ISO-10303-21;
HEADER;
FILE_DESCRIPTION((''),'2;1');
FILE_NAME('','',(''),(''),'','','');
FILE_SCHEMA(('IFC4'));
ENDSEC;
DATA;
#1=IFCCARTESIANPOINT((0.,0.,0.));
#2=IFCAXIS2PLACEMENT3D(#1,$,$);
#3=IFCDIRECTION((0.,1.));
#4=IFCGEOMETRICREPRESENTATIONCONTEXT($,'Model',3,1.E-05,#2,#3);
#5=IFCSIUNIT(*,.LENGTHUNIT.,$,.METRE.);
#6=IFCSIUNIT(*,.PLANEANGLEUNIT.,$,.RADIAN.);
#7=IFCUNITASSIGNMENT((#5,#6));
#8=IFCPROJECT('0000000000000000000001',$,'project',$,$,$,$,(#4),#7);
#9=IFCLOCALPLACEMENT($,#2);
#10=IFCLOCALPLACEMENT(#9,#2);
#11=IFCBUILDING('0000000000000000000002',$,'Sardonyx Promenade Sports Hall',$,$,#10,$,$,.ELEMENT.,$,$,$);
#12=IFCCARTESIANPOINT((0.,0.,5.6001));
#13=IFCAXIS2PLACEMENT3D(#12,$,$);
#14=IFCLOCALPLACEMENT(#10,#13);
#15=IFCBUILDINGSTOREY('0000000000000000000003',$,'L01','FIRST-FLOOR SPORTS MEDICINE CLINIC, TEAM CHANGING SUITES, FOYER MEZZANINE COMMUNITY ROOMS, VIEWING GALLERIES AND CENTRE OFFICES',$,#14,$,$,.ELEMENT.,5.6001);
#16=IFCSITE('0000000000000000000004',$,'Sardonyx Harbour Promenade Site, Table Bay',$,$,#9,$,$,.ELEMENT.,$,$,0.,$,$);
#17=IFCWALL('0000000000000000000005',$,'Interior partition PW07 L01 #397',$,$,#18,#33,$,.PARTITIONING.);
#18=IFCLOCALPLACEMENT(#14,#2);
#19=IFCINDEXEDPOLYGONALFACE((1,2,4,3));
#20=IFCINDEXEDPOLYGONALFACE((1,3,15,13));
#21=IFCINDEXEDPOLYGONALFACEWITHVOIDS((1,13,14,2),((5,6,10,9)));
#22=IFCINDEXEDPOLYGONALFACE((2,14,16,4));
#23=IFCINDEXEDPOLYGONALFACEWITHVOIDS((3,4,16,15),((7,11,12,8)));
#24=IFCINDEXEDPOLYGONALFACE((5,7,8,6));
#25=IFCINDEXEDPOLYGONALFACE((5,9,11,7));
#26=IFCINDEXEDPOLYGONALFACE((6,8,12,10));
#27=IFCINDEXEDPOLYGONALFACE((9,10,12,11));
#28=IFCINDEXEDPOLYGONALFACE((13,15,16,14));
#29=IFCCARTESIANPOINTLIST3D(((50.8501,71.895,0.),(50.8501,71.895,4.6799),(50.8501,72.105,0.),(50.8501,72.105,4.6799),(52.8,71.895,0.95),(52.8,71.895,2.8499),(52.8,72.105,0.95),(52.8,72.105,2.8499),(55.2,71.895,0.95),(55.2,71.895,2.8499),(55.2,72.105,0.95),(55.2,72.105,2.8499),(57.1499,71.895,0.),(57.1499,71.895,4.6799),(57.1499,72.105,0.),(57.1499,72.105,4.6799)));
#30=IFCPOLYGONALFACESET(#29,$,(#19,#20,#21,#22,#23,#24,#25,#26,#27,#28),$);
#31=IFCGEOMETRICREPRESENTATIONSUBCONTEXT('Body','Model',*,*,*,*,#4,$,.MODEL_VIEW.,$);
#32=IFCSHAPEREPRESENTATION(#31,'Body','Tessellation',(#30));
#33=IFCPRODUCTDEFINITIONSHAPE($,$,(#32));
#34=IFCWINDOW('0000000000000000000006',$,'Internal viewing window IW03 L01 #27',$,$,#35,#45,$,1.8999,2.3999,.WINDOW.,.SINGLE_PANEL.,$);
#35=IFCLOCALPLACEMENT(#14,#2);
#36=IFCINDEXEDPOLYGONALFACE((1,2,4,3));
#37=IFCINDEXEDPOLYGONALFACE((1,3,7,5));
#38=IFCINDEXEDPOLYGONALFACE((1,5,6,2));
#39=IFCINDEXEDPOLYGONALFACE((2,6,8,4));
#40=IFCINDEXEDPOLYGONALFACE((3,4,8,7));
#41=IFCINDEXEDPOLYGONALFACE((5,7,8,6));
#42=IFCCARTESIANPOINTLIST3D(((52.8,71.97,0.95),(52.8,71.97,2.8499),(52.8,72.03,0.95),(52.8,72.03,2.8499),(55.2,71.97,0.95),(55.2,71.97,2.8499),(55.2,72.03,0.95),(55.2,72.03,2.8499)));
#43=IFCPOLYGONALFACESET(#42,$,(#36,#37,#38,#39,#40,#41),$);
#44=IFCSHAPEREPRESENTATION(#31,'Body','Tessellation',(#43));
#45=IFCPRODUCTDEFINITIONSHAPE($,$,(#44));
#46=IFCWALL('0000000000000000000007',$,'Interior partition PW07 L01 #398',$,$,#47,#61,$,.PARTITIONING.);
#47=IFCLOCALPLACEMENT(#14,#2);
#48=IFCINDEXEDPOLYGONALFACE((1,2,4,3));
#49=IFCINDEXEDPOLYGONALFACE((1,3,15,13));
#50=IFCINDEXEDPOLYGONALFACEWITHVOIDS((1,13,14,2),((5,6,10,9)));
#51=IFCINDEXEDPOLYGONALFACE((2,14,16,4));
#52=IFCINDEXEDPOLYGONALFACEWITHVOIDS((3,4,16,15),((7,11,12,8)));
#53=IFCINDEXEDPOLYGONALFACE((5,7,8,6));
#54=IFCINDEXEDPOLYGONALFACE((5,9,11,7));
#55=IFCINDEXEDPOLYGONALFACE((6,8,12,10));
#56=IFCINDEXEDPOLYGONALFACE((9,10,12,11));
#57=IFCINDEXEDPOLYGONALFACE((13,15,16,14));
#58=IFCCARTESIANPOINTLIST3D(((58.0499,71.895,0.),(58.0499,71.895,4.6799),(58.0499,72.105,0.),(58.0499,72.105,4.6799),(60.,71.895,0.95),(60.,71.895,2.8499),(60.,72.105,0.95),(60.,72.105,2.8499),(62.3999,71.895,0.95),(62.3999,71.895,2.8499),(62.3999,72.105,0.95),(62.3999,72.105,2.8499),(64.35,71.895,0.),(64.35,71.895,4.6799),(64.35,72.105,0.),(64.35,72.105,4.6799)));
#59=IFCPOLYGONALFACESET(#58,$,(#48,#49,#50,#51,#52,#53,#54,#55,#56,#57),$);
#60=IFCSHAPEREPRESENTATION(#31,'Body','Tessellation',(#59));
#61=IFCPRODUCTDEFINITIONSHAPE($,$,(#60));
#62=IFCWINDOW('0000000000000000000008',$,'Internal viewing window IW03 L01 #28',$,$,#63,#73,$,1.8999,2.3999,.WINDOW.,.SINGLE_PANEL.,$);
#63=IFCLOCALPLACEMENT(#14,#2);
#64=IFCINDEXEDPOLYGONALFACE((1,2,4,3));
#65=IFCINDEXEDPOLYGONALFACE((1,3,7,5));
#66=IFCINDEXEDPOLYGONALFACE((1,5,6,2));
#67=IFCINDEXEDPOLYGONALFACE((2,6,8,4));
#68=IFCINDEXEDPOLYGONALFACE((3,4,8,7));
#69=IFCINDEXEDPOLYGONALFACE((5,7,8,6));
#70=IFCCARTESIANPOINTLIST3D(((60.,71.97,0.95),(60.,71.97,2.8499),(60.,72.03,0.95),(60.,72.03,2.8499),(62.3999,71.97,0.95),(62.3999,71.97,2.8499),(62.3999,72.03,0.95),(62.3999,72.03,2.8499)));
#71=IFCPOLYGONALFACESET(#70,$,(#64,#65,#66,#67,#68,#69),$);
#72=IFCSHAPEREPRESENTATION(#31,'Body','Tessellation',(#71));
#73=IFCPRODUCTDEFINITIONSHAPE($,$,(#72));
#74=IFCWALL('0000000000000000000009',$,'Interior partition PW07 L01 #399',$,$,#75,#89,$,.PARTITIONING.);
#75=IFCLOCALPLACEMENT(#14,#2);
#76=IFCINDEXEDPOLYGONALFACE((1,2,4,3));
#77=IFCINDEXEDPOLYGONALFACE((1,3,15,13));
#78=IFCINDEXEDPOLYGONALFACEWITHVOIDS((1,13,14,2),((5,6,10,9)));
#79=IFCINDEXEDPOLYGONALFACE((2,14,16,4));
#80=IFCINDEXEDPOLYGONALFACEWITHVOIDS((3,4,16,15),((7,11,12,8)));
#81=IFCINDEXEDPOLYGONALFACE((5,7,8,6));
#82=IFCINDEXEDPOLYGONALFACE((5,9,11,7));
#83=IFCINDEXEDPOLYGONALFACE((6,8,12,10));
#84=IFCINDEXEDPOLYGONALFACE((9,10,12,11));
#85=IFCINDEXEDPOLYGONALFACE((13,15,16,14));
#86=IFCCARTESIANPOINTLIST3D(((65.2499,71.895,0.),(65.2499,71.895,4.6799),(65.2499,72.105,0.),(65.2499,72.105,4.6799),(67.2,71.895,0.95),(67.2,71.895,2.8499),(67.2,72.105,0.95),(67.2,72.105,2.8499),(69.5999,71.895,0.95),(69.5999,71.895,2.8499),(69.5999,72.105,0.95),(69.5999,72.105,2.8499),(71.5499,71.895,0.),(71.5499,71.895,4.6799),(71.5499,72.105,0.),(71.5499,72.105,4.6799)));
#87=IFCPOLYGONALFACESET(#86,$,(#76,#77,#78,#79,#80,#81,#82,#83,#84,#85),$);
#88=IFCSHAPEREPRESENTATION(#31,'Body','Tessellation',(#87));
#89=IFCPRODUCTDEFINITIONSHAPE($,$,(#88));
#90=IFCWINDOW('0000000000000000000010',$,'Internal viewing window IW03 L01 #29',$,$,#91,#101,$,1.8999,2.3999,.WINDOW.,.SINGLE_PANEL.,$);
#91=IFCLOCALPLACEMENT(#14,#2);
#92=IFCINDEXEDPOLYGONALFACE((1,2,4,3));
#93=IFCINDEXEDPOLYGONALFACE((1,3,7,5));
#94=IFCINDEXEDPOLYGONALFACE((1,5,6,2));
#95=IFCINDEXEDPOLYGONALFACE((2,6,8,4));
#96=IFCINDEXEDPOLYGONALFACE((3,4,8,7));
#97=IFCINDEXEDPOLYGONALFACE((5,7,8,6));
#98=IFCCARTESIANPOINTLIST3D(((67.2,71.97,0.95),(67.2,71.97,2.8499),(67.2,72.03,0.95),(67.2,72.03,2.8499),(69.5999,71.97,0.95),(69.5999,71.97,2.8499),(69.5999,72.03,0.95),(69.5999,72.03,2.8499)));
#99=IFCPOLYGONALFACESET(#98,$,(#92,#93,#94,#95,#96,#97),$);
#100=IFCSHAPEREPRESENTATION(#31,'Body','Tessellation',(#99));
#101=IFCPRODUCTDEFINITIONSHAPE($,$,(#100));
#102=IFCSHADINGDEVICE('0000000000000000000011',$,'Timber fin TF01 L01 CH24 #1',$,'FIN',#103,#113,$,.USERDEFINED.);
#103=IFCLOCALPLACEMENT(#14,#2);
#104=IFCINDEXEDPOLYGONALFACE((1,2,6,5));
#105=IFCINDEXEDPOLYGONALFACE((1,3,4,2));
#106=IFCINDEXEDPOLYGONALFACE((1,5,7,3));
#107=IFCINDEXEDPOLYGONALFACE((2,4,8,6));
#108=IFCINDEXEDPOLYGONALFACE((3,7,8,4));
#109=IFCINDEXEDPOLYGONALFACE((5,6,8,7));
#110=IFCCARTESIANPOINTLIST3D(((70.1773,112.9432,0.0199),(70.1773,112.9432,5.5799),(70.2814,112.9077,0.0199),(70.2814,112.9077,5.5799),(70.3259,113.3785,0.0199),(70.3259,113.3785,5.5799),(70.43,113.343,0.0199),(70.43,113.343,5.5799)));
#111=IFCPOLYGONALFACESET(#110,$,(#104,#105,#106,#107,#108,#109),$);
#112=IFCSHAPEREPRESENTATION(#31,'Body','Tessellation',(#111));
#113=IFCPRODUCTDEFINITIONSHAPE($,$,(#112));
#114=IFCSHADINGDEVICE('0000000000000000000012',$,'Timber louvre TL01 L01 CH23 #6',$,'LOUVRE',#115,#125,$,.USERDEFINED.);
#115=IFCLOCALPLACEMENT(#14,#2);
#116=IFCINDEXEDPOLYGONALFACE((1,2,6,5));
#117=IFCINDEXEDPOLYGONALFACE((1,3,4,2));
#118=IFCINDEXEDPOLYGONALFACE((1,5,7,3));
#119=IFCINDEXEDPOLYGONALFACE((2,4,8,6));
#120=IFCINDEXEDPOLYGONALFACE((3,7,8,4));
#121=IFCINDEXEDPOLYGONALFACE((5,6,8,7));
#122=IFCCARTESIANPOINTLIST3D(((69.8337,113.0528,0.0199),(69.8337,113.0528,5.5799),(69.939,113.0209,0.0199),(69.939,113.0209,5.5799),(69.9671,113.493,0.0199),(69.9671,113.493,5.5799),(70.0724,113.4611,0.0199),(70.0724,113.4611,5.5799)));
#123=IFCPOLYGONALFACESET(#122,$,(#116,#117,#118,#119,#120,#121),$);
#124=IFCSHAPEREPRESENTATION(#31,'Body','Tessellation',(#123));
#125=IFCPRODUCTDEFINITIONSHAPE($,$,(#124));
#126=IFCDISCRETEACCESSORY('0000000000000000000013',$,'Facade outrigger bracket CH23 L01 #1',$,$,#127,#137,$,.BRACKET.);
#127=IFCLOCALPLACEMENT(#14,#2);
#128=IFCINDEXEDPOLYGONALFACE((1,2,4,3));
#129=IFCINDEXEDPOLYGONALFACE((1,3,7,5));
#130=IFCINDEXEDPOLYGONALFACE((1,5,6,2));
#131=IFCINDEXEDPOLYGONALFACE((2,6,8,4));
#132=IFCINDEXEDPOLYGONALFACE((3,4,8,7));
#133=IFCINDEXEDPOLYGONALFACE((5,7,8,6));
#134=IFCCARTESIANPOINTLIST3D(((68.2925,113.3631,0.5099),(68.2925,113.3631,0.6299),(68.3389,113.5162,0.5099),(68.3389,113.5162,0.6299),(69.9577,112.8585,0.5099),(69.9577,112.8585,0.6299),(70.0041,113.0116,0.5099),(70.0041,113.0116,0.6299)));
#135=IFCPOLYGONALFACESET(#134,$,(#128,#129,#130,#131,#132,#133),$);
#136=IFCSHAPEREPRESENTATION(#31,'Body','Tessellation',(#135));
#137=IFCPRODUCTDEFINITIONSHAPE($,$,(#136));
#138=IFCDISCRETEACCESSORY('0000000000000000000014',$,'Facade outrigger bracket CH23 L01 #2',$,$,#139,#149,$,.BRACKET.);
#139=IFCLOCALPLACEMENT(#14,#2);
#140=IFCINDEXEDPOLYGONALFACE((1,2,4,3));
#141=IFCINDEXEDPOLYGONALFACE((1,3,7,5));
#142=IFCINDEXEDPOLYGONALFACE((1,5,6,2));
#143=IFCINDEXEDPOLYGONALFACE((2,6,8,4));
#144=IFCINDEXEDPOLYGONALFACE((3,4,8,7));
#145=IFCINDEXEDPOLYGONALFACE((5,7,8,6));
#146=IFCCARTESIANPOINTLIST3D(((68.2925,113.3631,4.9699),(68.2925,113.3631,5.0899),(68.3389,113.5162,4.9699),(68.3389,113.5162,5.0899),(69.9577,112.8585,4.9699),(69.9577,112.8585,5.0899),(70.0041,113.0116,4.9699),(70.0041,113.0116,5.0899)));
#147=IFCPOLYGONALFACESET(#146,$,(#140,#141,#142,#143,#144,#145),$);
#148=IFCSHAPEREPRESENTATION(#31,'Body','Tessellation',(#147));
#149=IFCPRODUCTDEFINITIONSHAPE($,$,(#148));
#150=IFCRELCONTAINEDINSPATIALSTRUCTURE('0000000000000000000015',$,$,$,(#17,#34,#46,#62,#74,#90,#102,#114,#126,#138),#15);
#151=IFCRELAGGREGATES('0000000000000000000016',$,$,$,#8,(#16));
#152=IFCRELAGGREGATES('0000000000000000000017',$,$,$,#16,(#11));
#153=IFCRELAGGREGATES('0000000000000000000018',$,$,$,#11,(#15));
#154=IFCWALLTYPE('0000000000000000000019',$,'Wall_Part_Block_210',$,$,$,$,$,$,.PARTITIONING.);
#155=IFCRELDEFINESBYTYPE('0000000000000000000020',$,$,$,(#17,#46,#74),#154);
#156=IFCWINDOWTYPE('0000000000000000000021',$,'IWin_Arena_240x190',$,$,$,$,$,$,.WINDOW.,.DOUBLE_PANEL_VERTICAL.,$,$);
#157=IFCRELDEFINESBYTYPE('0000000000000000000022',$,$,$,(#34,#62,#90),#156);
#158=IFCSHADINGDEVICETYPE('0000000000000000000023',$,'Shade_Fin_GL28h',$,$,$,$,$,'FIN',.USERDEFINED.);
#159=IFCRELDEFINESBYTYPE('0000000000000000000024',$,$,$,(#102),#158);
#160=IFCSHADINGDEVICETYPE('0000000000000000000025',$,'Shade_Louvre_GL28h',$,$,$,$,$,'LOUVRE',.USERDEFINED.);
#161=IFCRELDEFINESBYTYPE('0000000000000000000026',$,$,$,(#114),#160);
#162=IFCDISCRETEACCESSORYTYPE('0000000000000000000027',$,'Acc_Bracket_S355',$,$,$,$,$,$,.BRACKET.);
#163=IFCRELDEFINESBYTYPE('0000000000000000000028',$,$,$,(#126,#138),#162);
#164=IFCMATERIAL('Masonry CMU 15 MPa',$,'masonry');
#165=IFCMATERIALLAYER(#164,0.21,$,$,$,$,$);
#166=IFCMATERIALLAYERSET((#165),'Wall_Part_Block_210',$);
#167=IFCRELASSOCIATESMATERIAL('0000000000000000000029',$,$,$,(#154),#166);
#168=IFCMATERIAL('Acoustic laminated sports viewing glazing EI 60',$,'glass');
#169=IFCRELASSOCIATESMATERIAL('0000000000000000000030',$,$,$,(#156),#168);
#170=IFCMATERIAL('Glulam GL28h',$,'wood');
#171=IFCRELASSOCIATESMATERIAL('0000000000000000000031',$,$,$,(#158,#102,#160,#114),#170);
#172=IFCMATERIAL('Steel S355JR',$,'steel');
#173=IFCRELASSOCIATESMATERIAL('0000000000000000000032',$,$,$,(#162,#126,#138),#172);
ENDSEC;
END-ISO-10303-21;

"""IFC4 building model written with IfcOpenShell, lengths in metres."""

from ifc_helpers import new_model, si_unit, direction, frame, frame_2d, origin, place, context, subcontext, project, spatial, rectangle, extrude, material, layer, layer_set, type_object, element, fill, save


model = new_model("IFC4")

# Units and contexts
model_context = context("Model", 3, precision=1e-05, world=origin(), true_north=direction((0.0, 1.0)))
body_context = subcontext(model_context, "Body", "Model", "MODEL_VIEW")
ifc_project = project(units=[si_unit("LENGTHUNIT", "METRE"), si_unit("PLANEANGLEUNIT", "RADIAN")], contexts=[model_context])

# Site, building, storey
site_placement = place(None, origin())
site = spatial("IfcSite", under=ifc_project, at=site_placement, Name="Sardonyx Harbour Promenade Site, Table Bay", CompositionType="ELEMENT", RefElevation=0.0)
building_placement = place(site_placement, origin())
building = spatial("IfcBuilding", under=site, at=building_placement, Name="Sardonyx Promenade Sports Hall", CompositionType="ELEMENT")
storey_placement = place(building_placement, frame((0.0, 0.0, 5.6001)))
storey = spatial("IfcBuildingStorey", under=building, at=storey_placement, Name="L01", Description="FIRST-FLOOR SPORTS MEDICINE CLINIC, TEAM CHANGING SUITES, FOYER MEZZANINE COMMUNITY ROOMS, VIEWING GALLERIES AND CENTRE OFFICES", CompositionType="ELEMENT", Elevation=5.6001)

# Walls, openings, windows
ifc_material_1 = material(Name="Masonry CMU 15 MPa", Category="masonry")
ifc_layer_1 = layer(ifc_material_1, 0.21)
ifc_layer_set_1 = layer_set([ifc_layer_1], Name="Wall_Part_Block_210")
wall_type_1 = type_object("IfcWallType", Name="Wall_Part_Block_210", PredefinedType="PARTITIONING", material=ifc_layer_set_1)
wall_1_placement = place(storey_placement, frame((50.8501, 72.0, 0.0), z_axis=(0.0, 0.0, 1.0), x_axis=(1.0, 0.0, 0.0)))
wall_1 = element("IfcWall", 1, at=wall_1_placement, inside=storey, type_object=wall_type_1, Name="Interior partition PW07 L01 #397", PredefinedType="PARTITIONING", context=body_context, shape_type="SweptSolid", body=[
    extrude(rectangle(XDim=6.2998, YDim=0.21, at=frame_2d((3.1499, 0.0))), origin(), (0.0, 0.0, 1.0), 4.6799),
])
opening_1_placement = place(wall_1_placement, frame((1.95, 0.0, 0.95)))
opening_1 = element("IfcOpeningElement", 2, at=opening_1_placement, cuts=wall_1, PredefinedType="OPENING", context=body_context, shape_type="SweptSolid", body=[
    extrude(rectangle(XDim=2.3999, YDim=1.8999, at=frame_2d((1.2, 0.95))), frame((0.0, 0.115, 0.0), z_axis=(0.0, -1.0, 0.0), x_axis=(1.0, 0.0, 0.0)), (0.0, 0.0, 1.0), 0.23),
])
ifc_material_2 = material(Name="Acoustic laminated sports viewing glazing EI 60", Category="glass")
window_type_1 = type_object("IfcWindowType", Name="IWin_Arena_240x190", PartitioningType="DOUBLE_PANEL_VERTICAL", PredefinedType="WINDOW", material=ifc_material_2)
window_1_placement = place(opening_1_placement, origin())
window_1 = element("IfcWindow", 3, at=window_1_placement, inside=storey, type_object=window_type_1, Name="Internal viewing window IW03 L01 #27", OverallHeight=1.8999, OverallWidth=2.3999, PartitioningType="SINGLE_PANEL", PredefinedType="WINDOW", context=body_context, shape_type="SweptSolid", body=[
    extrude(rectangle(XDim=2.3999, YDim=1.8999, at=frame_2d((1.2, 0.95))), frame((0.0, 0.03, 0.0), z_axis=(0.0, -1.0, 0.0), x_axis=(1.0, 0.0, 0.0)), (0.0, 0.0, 1.0), 0.0601),
])
fill(opening_1, window_1)
wall_2_placement = place(storey_placement, frame((58.05, 72.0, 0.0), z_axis=(0.0, 0.0, 1.0), x_axis=(1.0, 0.0, 0.0)))
wall_2 = element("IfcWall", 4, at=wall_2_placement, inside=storey, type_object=wall_type_1, Name="Interior partition PW07 L01 #398", PredefinedType="PARTITIONING", context=body_context, shape_type="SweptSolid", body=[
    extrude(rectangle(XDim=6.3, YDim=0.21, at=frame_2d((3.1499, 0.0))), origin(), (0.0, 0.0, 1.0), 4.6799),
])
opening_2_placement = place(wall_2_placement, frame((1.95, 0.0, 0.95)))
opening_2 = element("IfcOpeningElement", 5, at=opening_2_placement, cuts=wall_2, PredefinedType="OPENING", context=body_context, shape_type="SweptSolid", body=[
    extrude(rectangle(XDim=2.3999, YDim=1.8999, at=frame_2d((1.2, 0.95))), frame((0.0, 0.115, 0.0), z_axis=(0.0, -1.0, 0.0), x_axis=(1.0, 0.0, 0.0)), (0.0, 0.0, 1.0), 0.23),
])
window_2_placement = place(opening_2_placement, origin())
window_2 = element("IfcWindow", 6, at=window_2_placement, inside=storey, type_object=window_type_1, Name="Internal viewing window IW03 L01 #28", OverallHeight=1.8999, OverallWidth=2.3999, PartitioningType="SINGLE_PANEL", PredefinedType="WINDOW", context=body_context, shape_type="SweptSolid", body=[
    extrude(rectangle(XDim=2.3999, YDim=1.8999, at=frame_2d((1.2, 0.95))), frame((0.0, 0.03, 0.0), z_axis=(0.0, -1.0, 0.0), x_axis=(1.0, 0.0, 0.0)), (0.0, 0.0, 1.0), 0.0601),
])
fill(opening_2, window_2)
wall_3_placement = place(storey_placement, frame((65.25, 72.0, 0.0), z_axis=(0.0, 0.0, 1.0), x_axis=(1.0, 0.0, 0.0)))
wall_3 = element("IfcWall", 7, at=wall_3_placement, inside=storey, type_object=wall_type_1, Name="Interior partition PW07 L01 #399", PredefinedType="PARTITIONING", context=body_context, shape_type="SweptSolid", body=[
    extrude(rectangle(XDim=6.3, YDim=0.21, at=frame_2d((3.1499, 0.0))), origin(), (0.0, 0.0, 1.0), 4.6799),
])
opening_3_placement = place(wall_3_placement, frame((1.95, 0.0, 0.95)))
opening_3 = element("IfcOpeningElement", 8, at=opening_3_placement, cuts=wall_3, PredefinedType="OPENING", context=body_context, shape_type="SweptSolid", body=[
    extrude(rectangle(XDim=2.3999, YDim=1.8999, at=frame_2d((1.2, 0.95))), frame((0.0, 0.115, 0.0), z_axis=(0.0, -1.0, 0.0), x_axis=(1.0, 0.0, 0.0)), (0.0, 0.0, 1.0), 0.23),
])
window_3_placement = place(opening_3_placement, origin())
window_3 = element("IfcWindow", 9, at=window_3_placement, inside=storey, type_object=window_type_1, Name="Internal viewing window IW03 L01 #29", OverallHeight=1.8999, OverallWidth=2.3999, PartitioningType="SINGLE_PANEL", PredefinedType="WINDOW", context=body_context, shape_type="SweptSolid", body=[
    extrude(rectangle(XDim=2.3999, YDim=1.8999, at=frame_2d((1.2, 0.95))), frame((0.0, 0.03, 0.0), z_axis=(0.0, -1.0, 0.0), x_axis=(1.0, 0.0, 0.0)), (0.0, 0.0, 1.0), 0.0601),
])
fill(opening_3, window_3)

# Shading devices
ifc_material_3 = material(Name="Glulam GL28h", Category="wood")
shading_device_type_1 = type_object("IfcShadingDeviceType", Name="Shade_Fin_GL28h", ElementType="FIN", PredefinedType="USERDEFINED", material=ifc_material_3)
shading_device_1_placement = place(storey_placement, frame((70.3037, 113.1431, 0.0199), z_axis=(0.0, 0.0, 1.0), x_axis=(0.946411, -0.322966, 0.0)))
element("IfcShadingDevice", 10, at=shading_device_1_placement, inside=storey, type_object=shading_device_type_1, material=ifc_material_3, Name="Timber fin TF01 L01 CH24 #1", ObjectType="FIN", PredefinedType="USERDEFINED", context=body_context, shape_type="SweptSolid", body=[
    extrude(rectangle(XDim=0.11, YDim=0.46), origin(), (0.0, 0.0, 1.0), 5.56),
])
shading_device_type_2 = type_object("IfcShadingDeviceType", Name="Shade_Louvre_GL28h", ElementType="LOUVRE", PredefinedType="USERDEFINED", material=ifc_material_3)
shading_device_2_placement = place(storey_placement, frame((69.953, 113.2569, 0.0199), z_axis=(0.0, 0.0, 1.0), x_axis=(0.957021, -0.290017, 0.0)))
element("IfcShadingDevice", 11, at=shading_device_2_placement, inside=storey, type_object=shading_device_type_2, material=ifc_material_3, Name="Timber louvre TL01 L01 CH23 #6", ObjectType="LOUVRE", PredefinedType="USERDEFINED", context=body_context, shape_type="SweptSolid", body=[
    extrude(rectangle(XDim=0.11, YDim=0.46), origin(), (0.0, 0.0, 1.0), 5.56),
])

# Discrete accessories
ifc_material_4 = material(Name="Steel S355JR", Category="steel")
discrete_accessory_type = type_object("IfcDiscreteAccessoryType", Name="Acc_Bracket_S355", PredefinedType="BRACKET", material=ifc_material_4)
for number, where, z_axis, x_axis, name in (
    (12, (69.1483, 113.1873, 0.5099), (0.0, 0.0, 1.0), (0.957021, -0.290017, 0.0), "Facade outrigger bracket CH23 L01 #1"),
    (13, (69.1483, 113.1873, 4.9699), (0.0, 0.0, 1.0), (0.957021, -0.290017, 0.0), "Facade outrigger bracket CH23 L01 #2"),
):
    element("IfcDiscreteAccessory", number, at=place(storey_placement, frame(where, z_axis=z_axis, x_axis=x_axis)), inside=storey, type_object=discrete_accessory_type, material=ifc_material_4, Name=name, PredefinedType="BRACKET", context=body_context, shape_type="SweptSolid", body=[
        extrude(rectangle(XDim=1.74, YDim=0.16), origin(), (0.0, 0.0, 1.0), 0.12),
    ])

save(model, "model.ifc")
